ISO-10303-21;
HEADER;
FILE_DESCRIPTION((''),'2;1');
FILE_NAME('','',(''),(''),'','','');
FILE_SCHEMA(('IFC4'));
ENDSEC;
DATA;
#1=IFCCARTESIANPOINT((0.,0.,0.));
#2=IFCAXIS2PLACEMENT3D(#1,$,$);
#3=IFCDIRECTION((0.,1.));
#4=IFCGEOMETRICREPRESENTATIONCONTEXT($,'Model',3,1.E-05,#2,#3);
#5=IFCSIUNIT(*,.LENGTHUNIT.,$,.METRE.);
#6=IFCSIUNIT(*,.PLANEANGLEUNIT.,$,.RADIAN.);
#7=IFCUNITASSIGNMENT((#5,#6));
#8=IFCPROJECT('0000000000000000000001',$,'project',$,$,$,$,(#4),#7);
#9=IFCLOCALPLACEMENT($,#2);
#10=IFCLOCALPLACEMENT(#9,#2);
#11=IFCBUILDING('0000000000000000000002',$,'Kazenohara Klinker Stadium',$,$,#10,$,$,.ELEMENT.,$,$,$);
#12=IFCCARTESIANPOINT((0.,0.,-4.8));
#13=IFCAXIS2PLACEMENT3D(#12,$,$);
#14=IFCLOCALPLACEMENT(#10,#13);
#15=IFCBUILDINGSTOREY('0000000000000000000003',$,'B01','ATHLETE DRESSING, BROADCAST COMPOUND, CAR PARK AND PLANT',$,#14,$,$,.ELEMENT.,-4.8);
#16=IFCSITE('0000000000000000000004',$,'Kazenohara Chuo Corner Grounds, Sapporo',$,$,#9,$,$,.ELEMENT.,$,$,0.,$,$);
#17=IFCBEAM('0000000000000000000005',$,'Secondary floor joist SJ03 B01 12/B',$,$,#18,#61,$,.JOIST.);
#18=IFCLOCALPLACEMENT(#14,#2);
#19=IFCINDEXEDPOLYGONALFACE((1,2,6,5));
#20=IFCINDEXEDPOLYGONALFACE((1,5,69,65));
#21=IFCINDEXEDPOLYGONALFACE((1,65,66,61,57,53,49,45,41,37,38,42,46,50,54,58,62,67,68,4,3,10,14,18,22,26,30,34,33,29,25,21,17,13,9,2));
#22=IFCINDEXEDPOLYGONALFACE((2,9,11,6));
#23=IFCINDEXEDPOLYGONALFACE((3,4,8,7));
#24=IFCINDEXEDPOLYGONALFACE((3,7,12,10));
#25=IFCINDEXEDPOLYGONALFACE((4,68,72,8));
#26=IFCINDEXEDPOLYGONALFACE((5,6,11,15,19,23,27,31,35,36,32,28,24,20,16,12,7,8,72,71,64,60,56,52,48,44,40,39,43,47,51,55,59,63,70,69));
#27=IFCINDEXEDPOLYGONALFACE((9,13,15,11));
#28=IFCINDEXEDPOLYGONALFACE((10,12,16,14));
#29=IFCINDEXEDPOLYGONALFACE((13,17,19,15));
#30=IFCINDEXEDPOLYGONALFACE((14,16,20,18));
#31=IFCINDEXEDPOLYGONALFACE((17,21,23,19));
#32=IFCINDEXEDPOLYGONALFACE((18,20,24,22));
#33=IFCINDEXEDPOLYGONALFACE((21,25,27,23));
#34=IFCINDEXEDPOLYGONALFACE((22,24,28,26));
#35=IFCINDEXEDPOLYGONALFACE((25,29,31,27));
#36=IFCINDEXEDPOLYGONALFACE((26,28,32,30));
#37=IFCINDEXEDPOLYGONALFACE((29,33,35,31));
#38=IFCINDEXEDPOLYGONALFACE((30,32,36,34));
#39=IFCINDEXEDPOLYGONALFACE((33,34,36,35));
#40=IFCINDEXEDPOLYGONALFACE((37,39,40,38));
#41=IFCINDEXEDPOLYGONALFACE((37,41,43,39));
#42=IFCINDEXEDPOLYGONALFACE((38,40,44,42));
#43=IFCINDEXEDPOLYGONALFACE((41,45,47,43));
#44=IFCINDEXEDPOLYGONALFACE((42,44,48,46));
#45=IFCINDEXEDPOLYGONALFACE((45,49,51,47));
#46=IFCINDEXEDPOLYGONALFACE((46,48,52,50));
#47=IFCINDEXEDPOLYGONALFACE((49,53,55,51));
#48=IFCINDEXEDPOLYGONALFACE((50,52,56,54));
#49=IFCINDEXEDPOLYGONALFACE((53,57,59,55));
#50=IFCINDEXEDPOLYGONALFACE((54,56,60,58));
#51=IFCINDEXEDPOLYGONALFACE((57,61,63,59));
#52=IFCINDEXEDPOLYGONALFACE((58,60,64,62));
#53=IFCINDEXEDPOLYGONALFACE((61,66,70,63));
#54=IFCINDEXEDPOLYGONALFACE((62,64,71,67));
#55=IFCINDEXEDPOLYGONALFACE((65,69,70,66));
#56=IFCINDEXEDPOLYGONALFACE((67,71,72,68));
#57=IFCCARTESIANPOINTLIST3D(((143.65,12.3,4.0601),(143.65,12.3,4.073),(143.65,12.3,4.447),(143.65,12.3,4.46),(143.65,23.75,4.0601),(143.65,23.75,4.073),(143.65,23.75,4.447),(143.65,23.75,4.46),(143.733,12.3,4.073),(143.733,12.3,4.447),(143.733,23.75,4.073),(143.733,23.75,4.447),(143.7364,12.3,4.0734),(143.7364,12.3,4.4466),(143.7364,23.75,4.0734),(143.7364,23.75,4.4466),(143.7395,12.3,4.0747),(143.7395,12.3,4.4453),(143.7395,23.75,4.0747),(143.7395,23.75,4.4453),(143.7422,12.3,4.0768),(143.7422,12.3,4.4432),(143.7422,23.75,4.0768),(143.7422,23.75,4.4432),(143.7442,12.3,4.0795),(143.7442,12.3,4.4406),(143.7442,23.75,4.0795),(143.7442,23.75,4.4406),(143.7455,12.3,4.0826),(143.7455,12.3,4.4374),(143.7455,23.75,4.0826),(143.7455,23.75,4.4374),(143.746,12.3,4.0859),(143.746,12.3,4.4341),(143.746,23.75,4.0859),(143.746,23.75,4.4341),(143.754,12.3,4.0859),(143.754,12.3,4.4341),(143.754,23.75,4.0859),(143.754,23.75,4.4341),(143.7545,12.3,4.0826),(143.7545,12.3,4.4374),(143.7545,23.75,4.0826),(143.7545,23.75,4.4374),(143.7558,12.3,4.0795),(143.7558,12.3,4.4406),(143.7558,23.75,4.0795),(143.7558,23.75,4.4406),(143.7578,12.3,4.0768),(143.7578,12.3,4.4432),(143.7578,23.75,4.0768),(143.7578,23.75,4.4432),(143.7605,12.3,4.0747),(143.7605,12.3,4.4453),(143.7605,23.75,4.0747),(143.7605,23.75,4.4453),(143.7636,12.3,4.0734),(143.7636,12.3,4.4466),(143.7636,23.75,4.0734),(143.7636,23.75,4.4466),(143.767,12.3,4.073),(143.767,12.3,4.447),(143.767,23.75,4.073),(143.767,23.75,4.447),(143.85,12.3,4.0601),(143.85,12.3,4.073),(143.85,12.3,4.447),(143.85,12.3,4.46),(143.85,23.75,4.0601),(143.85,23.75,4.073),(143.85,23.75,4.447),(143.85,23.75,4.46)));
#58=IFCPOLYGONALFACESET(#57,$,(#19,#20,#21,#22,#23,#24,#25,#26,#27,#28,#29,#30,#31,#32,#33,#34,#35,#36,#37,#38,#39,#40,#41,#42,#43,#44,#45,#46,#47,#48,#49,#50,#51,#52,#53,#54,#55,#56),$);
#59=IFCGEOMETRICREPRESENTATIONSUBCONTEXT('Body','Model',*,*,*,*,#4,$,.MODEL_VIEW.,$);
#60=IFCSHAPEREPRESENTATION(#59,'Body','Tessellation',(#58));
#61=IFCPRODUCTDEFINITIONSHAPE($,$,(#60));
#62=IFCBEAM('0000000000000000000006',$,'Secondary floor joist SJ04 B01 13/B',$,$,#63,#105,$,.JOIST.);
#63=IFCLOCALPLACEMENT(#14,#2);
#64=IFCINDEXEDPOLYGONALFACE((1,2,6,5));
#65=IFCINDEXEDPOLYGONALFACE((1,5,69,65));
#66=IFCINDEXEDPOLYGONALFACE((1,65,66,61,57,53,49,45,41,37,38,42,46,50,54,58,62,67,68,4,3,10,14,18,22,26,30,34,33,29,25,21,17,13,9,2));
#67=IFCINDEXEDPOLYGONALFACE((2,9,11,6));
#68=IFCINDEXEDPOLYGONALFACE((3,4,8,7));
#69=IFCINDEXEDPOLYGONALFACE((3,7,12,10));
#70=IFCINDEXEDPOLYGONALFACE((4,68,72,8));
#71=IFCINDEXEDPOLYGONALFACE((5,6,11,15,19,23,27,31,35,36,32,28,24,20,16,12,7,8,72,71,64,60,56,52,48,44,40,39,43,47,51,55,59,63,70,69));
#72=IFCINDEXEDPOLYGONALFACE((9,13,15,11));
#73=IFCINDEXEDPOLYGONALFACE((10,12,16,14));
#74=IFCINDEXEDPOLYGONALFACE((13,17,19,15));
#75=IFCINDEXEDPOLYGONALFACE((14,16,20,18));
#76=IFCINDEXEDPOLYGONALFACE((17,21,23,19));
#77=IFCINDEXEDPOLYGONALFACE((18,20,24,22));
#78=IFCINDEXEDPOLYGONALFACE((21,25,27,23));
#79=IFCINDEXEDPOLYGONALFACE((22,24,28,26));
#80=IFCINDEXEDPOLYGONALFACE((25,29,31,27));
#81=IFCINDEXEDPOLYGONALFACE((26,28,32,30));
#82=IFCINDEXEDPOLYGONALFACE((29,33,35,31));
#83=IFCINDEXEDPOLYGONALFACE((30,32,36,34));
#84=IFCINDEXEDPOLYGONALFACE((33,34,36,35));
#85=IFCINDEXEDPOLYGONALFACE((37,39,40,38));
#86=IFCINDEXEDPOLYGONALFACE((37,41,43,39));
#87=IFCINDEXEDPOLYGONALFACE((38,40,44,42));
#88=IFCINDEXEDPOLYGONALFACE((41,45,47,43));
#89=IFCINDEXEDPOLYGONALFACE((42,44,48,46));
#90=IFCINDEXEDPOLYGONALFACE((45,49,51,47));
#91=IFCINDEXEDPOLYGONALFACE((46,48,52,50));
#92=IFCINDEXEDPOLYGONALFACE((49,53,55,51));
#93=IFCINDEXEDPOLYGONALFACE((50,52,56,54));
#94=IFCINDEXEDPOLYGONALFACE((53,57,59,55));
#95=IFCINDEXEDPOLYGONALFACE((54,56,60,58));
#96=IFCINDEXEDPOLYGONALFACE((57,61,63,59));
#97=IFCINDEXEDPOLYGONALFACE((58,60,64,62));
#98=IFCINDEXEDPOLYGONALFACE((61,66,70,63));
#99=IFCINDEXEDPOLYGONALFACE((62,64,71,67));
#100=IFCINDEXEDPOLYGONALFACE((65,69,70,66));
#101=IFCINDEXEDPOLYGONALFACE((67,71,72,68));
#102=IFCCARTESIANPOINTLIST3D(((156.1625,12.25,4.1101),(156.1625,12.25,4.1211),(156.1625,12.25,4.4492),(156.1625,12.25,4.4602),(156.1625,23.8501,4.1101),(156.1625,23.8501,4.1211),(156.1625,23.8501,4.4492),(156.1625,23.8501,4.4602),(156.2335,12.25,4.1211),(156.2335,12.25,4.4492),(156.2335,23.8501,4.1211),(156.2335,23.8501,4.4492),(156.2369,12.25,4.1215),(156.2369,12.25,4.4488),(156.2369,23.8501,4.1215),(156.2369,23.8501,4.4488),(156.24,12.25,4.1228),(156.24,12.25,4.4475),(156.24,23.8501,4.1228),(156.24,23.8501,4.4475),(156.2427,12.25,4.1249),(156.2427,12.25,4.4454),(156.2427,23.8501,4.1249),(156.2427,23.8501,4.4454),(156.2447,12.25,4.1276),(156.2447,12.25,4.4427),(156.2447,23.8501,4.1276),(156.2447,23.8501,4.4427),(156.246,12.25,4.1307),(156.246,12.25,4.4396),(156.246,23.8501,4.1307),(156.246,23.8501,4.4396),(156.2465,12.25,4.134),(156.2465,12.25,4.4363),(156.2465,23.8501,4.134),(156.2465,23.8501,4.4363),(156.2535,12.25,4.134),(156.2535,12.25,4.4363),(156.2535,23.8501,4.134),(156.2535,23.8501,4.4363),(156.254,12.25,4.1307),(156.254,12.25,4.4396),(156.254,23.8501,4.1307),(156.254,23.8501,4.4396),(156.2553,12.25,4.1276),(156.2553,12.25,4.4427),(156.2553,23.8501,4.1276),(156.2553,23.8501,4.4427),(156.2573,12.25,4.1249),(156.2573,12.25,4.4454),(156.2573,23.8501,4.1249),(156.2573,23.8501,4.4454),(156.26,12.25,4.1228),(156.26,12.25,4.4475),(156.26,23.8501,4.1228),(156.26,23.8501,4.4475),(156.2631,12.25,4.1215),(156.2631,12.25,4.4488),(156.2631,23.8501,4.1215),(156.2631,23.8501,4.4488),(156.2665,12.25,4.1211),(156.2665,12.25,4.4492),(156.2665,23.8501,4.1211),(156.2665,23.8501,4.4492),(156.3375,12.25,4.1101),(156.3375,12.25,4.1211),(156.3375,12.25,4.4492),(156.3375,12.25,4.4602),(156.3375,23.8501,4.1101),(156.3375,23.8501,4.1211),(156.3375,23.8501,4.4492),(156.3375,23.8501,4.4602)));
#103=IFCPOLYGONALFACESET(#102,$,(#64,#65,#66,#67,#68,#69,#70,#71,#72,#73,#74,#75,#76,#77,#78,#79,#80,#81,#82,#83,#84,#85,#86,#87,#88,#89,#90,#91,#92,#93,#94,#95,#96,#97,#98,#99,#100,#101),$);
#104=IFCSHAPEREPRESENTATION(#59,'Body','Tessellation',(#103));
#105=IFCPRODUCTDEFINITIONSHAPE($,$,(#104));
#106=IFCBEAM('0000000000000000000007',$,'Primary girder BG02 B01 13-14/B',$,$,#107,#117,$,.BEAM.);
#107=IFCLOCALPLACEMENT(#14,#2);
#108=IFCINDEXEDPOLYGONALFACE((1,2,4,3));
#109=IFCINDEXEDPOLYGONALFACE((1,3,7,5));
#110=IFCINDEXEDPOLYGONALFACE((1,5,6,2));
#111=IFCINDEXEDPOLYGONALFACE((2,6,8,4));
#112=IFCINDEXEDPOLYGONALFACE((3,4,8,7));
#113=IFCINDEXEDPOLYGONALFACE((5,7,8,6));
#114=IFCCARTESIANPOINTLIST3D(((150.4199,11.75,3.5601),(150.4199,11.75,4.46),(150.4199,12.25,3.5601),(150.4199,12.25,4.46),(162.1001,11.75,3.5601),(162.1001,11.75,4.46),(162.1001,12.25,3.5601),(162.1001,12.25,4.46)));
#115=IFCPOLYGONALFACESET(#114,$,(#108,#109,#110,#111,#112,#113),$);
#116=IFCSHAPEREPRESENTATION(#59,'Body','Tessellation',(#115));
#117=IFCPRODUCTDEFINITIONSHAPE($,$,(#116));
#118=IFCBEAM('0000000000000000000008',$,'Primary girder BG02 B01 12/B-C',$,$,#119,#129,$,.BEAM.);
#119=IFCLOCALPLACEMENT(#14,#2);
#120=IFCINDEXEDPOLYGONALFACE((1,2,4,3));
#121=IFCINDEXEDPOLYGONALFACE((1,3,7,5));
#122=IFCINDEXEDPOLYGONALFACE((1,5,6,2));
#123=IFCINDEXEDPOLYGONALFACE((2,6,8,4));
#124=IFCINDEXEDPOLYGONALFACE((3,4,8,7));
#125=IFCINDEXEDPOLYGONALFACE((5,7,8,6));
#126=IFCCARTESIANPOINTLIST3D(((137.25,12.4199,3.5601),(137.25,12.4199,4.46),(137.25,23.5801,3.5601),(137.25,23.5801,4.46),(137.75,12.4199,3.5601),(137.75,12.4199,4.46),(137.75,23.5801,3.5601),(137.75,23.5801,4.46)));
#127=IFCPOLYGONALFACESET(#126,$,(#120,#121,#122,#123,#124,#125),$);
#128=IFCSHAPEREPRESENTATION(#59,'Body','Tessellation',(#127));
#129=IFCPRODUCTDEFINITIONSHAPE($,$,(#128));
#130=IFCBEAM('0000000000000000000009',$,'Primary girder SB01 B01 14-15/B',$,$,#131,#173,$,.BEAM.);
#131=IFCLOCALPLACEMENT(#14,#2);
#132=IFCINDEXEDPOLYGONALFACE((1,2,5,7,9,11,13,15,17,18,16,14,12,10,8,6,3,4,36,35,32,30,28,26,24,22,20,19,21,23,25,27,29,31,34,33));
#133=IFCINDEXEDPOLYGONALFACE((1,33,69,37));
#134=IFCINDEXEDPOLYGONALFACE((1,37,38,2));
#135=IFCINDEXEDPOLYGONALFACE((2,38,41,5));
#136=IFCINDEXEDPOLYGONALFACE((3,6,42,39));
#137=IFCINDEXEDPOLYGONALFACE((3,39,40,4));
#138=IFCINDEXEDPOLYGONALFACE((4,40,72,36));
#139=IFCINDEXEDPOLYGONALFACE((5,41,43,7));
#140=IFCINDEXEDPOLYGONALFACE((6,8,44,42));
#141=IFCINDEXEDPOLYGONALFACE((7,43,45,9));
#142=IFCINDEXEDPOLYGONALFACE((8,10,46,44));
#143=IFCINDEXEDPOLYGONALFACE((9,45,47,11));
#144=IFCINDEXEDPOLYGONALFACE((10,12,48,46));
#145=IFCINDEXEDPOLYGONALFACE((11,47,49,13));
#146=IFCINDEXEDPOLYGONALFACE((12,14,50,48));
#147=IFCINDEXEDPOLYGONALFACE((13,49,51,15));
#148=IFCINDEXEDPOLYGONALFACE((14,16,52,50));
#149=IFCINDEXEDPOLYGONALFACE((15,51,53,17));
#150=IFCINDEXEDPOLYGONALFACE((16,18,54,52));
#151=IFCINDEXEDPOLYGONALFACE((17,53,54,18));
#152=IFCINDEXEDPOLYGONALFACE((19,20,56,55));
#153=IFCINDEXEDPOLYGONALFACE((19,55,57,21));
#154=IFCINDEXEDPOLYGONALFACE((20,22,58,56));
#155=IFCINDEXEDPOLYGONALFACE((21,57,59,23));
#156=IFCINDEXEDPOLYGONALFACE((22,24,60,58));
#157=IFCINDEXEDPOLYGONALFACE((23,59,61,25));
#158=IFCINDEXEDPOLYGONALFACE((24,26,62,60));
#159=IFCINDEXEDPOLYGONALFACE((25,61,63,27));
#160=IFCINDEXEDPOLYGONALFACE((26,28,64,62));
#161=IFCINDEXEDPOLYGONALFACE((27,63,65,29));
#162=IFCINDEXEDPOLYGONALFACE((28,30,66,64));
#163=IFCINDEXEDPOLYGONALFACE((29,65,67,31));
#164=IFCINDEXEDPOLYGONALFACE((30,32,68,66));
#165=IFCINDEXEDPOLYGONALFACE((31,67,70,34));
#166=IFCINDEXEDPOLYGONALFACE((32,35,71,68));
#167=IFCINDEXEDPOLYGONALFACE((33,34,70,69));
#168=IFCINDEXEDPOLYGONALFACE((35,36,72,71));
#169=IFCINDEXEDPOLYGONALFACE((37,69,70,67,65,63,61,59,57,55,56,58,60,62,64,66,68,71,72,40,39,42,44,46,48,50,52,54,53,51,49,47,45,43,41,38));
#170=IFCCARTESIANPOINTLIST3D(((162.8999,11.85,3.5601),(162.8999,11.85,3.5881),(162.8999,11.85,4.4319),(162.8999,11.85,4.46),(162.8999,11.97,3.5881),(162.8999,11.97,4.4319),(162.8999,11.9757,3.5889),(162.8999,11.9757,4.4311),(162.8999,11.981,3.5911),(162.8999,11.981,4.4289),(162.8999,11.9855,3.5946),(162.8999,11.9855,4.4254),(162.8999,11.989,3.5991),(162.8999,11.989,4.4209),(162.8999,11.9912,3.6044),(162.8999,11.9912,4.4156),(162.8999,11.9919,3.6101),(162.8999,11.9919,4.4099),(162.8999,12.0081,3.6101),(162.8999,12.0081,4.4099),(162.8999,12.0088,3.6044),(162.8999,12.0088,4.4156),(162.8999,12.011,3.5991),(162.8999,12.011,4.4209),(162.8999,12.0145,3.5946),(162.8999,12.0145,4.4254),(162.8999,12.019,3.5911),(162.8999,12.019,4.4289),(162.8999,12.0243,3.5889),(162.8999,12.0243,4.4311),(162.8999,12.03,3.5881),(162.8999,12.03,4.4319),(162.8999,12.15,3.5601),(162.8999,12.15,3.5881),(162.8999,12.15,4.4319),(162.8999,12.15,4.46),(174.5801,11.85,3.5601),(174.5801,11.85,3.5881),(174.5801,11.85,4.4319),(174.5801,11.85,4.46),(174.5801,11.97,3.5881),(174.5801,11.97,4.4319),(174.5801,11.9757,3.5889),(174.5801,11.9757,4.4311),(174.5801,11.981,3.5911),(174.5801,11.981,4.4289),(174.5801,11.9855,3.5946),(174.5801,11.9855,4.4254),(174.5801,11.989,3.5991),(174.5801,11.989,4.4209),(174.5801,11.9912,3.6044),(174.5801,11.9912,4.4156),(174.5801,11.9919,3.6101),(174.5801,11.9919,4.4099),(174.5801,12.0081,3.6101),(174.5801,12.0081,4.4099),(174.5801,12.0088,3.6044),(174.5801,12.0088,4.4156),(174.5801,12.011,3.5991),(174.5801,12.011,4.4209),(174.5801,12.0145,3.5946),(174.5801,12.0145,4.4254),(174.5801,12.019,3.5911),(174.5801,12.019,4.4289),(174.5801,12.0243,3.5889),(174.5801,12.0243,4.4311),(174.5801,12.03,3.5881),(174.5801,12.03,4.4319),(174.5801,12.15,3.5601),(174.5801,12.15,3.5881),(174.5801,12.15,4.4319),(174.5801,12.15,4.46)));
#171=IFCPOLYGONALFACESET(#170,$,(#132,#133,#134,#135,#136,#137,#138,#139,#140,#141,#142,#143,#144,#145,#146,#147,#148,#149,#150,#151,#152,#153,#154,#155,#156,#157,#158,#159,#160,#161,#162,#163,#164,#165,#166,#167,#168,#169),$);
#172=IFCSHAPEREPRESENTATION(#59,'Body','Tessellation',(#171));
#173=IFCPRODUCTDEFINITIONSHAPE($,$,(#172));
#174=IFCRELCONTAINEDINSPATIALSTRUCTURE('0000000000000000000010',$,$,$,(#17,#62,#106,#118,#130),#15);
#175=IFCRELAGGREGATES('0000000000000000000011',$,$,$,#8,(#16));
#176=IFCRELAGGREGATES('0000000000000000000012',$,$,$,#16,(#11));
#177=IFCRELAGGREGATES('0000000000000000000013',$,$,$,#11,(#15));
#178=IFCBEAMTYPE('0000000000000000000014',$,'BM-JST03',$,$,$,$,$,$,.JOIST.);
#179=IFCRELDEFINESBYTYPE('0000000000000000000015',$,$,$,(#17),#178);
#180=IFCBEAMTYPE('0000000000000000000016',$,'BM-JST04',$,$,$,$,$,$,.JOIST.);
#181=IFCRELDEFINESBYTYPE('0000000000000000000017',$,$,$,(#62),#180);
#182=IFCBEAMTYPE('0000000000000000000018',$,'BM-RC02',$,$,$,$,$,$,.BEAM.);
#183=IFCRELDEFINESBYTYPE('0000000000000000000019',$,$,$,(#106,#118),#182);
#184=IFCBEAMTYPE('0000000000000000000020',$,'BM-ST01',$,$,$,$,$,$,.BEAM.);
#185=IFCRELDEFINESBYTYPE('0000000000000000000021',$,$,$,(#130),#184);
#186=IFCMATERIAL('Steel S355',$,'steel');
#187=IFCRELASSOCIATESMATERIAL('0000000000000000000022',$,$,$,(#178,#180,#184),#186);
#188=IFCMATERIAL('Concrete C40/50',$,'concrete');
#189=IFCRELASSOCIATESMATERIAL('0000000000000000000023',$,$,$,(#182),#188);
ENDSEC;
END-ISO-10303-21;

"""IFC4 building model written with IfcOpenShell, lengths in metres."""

from ifc_helpers import new_model, si_unit, direction, frame, origin, origin_2d, place, context, subcontext, project, spatial, rectangle, i_section, extrude, material, material_profile, profile_set, type_object, element, save


model = new_model("IFC4")

# Units and contexts
model_context = context("Model", 3, precision=1e-05, world=origin(), true_north=direction((0.0, 1.0)))
body_context = subcontext(model_context, "Body", "Model", "MODEL_VIEW")
ifc_project = project(units=[si_unit("LENGTHUNIT", "METRE"), si_unit("PLANEANGLEUNIT", "RADIAN")], contexts=[model_context])

# Site, building, storey
site_placement = place(None, origin())
site = spatial("IfcSite", under=ifc_project, at=site_placement, Name="Kazenohara Chuo Corner Grounds, Sapporo", CompositionType="ELEMENT", RefElevation=0.0)
building_placement = place(site_placement, origin())
building = spatial("IfcBuilding", under=site, at=building_placement, Name="Kazenohara Klinker Stadium", CompositionType="ELEMENT")
storey_placement = place(building_placement, frame((0.0, 0.0, -4.8)))
storey = spatial("IfcBuildingStorey", under=building, at=storey_placement, Name="B01", Description="ATHLETE DRESSING, BROADCAST COMPOUND, CAR PARK AND PLANT", CompositionType="ELEMENT", Elevation=-4.8)

# Shared definitions
ifc_material_1 = material(Name="Concrete C40/50", Category="concrete")

# Beams
ifc_material_2 = material(Name="Steel S355", Category="steel")
ifc_material_profile_1 = material_profile(ifc_material_2, i_section(OverallWidth=0.2, OverallDepth=0.3999, WebThickness=0.0081, FlangeThickness=0.0129, FilletRadius=0.0129, at=origin_2d()), Name="H-400x200x8x13")
ifc_profile_set_1 = profile_set([ifc_material_profile_1], Name="Steel S355")
beam_type_1 = type_object("IfcBeamType", Name="BM-JST03", PredefinedType="JOIST", material=ifc_profile_set_1)
beam_1_placement = place(storey_placement, frame((143.75, 12.3, 4.26), z_axis=(0.0, 1.0, 0.0), x_axis=(-1.0, 0.0, 0.0)))
element("IfcBeam", 1, at=beam_1_placement, inside=storey, type_object=beam_type_1, Name="Secondary floor joist SJ03 B01 12/B", PredefinedType="JOIST", context=body_context, shape_type="SweptSolid", body=[
    extrude(i_section(OverallWidth=0.2, OverallDepth=0.3999, WebThickness=0.0081, FlangeThickness=0.0129, FilletRadius=0.0129, at=origin_2d()), origin(), (0.0, 0.0, 1.0), 11.45),
])
ifc_material_profile_2 = material_profile(ifc_material_2, i_section(OverallWidth=0.175, OverallDepth=0.3501, WebThickness=0.0071, FlangeThickness=0.011, FilletRadius=0.0129, at=origin_2d()), Name="H-350x175x7x11")
ifc_profile_set_2 = profile_set([ifc_material_profile_2], Name="Steel S355")
beam_type_2 = type_object("IfcBeamType", Name="BM-JST04", PredefinedType="JOIST", material=ifc_profile_set_2)
beam_2_placement = place(storey_placement, frame((156.25, 12.25, 4.2852), z_axis=(0.0, 1.0, 0.0), x_axis=(-1.0, 0.0, 0.0)))
element("IfcBeam", 2, at=beam_2_placement, inside=storey, type_object=beam_type_2, Name="Secondary floor joist SJ04 B01 13/B", PredefinedType="JOIST", context=body_context, shape_type="SweptSolid", body=[
    extrude(i_section(OverallWidth=0.175, OverallDepth=0.3501, WebThickness=0.0071, FlangeThickness=0.011, FilletRadius=0.0129, at=origin_2d()), origin(), (0.0, 0.0, 1.0), 11.6001),
])
ifc_material_profile_3 = material_profile(ifc_material_1, rectangle(XDim=0.5, YDim=0.8999, at=origin_2d()), Name="RC-BM-500x900")
ifc_profile_set_3 = profile_set([ifc_material_profile_3], Name="Concrete C40/50")
beam_type_3 = type_object("IfcBeamType", Name="BM-RC02", PredefinedType="BEAM", material=ifc_profile_set_3)
beam_3_placement = place(storey_placement, frame((150.4199, 12.0, 4.01), z_axis=(1.0, 0.0, 0.0), x_axis=(0.0, 1.0, 0.0)))
element("IfcBeam", 3, at=beam_3_placement, inside=storey, type_object=beam_type_3, Name="Primary girder BG02 B01 13-14/B", PredefinedType="BEAM", context=body_context, shape_type="SweptSolid", body=[
    extrude(rectangle(XDim=0.5, YDim=0.8999, at=origin_2d()), origin(), (0.0, 0.0, 1.0), 11.6802),
])
beam_4_placement = place(storey_placement, frame((137.5, 12.4199, 4.01), z_axis=(0.0, 1.0, 0.0), x_axis=(-1.0, 0.0, 0.0)))
element("IfcBeam", 4, at=beam_4_placement, inside=storey, type_object=beam_type_3, Name="Primary girder BG02 B01 12/B-C", PredefinedType="BEAM", context=body_context, shape_type="SweptSolid", body=[
    extrude(rectangle(XDim=0.5, YDim=0.8999, at=origin_2d()), origin(), (0.0, 0.0, 1.0), 11.1602),
])
ifc_material_profile_4 = material_profile(ifc_material_2, i_section(OverallWidth=0.3, OverallDepth=0.8999, WebThickness=0.0161, FlangeThickness=0.0281, FilletRadius=0.022, at=origin_2d()), Name="H-900x300x16x28")
ifc_profile_set_4 = profile_set([ifc_material_profile_4], Name="Steel S355")
beam_type_4 = type_object("IfcBeamType", Name="BM-ST01", PredefinedType="BEAM", material=ifc_profile_set_4)
beam_5_placement = place(storey_placement, frame((162.8999, 12.0, 4.01), z_axis=(1.0, 0.0, 0.0), x_axis=(0.0, 1.0, 0.0)))
element("IfcBeam", 5, at=beam_5_placement, inside=storey, type_object=beam_type_4, Name="Primary girder SB01 B01 14-15/B", PredefinedType="BEAM", context=body_context, shape_type="SweptSolid", body=[
    extrude(i_section(OverallWidth=0.3, OverallDepth=0.8999, WebThickness=0.0161, FlangeThickness=0.0281, FilletRadius=0.022, at=origin_2d()), origin(), (0.0, 0.0, 1.0), 11.6802),
])

save(model, "model.ifc")
